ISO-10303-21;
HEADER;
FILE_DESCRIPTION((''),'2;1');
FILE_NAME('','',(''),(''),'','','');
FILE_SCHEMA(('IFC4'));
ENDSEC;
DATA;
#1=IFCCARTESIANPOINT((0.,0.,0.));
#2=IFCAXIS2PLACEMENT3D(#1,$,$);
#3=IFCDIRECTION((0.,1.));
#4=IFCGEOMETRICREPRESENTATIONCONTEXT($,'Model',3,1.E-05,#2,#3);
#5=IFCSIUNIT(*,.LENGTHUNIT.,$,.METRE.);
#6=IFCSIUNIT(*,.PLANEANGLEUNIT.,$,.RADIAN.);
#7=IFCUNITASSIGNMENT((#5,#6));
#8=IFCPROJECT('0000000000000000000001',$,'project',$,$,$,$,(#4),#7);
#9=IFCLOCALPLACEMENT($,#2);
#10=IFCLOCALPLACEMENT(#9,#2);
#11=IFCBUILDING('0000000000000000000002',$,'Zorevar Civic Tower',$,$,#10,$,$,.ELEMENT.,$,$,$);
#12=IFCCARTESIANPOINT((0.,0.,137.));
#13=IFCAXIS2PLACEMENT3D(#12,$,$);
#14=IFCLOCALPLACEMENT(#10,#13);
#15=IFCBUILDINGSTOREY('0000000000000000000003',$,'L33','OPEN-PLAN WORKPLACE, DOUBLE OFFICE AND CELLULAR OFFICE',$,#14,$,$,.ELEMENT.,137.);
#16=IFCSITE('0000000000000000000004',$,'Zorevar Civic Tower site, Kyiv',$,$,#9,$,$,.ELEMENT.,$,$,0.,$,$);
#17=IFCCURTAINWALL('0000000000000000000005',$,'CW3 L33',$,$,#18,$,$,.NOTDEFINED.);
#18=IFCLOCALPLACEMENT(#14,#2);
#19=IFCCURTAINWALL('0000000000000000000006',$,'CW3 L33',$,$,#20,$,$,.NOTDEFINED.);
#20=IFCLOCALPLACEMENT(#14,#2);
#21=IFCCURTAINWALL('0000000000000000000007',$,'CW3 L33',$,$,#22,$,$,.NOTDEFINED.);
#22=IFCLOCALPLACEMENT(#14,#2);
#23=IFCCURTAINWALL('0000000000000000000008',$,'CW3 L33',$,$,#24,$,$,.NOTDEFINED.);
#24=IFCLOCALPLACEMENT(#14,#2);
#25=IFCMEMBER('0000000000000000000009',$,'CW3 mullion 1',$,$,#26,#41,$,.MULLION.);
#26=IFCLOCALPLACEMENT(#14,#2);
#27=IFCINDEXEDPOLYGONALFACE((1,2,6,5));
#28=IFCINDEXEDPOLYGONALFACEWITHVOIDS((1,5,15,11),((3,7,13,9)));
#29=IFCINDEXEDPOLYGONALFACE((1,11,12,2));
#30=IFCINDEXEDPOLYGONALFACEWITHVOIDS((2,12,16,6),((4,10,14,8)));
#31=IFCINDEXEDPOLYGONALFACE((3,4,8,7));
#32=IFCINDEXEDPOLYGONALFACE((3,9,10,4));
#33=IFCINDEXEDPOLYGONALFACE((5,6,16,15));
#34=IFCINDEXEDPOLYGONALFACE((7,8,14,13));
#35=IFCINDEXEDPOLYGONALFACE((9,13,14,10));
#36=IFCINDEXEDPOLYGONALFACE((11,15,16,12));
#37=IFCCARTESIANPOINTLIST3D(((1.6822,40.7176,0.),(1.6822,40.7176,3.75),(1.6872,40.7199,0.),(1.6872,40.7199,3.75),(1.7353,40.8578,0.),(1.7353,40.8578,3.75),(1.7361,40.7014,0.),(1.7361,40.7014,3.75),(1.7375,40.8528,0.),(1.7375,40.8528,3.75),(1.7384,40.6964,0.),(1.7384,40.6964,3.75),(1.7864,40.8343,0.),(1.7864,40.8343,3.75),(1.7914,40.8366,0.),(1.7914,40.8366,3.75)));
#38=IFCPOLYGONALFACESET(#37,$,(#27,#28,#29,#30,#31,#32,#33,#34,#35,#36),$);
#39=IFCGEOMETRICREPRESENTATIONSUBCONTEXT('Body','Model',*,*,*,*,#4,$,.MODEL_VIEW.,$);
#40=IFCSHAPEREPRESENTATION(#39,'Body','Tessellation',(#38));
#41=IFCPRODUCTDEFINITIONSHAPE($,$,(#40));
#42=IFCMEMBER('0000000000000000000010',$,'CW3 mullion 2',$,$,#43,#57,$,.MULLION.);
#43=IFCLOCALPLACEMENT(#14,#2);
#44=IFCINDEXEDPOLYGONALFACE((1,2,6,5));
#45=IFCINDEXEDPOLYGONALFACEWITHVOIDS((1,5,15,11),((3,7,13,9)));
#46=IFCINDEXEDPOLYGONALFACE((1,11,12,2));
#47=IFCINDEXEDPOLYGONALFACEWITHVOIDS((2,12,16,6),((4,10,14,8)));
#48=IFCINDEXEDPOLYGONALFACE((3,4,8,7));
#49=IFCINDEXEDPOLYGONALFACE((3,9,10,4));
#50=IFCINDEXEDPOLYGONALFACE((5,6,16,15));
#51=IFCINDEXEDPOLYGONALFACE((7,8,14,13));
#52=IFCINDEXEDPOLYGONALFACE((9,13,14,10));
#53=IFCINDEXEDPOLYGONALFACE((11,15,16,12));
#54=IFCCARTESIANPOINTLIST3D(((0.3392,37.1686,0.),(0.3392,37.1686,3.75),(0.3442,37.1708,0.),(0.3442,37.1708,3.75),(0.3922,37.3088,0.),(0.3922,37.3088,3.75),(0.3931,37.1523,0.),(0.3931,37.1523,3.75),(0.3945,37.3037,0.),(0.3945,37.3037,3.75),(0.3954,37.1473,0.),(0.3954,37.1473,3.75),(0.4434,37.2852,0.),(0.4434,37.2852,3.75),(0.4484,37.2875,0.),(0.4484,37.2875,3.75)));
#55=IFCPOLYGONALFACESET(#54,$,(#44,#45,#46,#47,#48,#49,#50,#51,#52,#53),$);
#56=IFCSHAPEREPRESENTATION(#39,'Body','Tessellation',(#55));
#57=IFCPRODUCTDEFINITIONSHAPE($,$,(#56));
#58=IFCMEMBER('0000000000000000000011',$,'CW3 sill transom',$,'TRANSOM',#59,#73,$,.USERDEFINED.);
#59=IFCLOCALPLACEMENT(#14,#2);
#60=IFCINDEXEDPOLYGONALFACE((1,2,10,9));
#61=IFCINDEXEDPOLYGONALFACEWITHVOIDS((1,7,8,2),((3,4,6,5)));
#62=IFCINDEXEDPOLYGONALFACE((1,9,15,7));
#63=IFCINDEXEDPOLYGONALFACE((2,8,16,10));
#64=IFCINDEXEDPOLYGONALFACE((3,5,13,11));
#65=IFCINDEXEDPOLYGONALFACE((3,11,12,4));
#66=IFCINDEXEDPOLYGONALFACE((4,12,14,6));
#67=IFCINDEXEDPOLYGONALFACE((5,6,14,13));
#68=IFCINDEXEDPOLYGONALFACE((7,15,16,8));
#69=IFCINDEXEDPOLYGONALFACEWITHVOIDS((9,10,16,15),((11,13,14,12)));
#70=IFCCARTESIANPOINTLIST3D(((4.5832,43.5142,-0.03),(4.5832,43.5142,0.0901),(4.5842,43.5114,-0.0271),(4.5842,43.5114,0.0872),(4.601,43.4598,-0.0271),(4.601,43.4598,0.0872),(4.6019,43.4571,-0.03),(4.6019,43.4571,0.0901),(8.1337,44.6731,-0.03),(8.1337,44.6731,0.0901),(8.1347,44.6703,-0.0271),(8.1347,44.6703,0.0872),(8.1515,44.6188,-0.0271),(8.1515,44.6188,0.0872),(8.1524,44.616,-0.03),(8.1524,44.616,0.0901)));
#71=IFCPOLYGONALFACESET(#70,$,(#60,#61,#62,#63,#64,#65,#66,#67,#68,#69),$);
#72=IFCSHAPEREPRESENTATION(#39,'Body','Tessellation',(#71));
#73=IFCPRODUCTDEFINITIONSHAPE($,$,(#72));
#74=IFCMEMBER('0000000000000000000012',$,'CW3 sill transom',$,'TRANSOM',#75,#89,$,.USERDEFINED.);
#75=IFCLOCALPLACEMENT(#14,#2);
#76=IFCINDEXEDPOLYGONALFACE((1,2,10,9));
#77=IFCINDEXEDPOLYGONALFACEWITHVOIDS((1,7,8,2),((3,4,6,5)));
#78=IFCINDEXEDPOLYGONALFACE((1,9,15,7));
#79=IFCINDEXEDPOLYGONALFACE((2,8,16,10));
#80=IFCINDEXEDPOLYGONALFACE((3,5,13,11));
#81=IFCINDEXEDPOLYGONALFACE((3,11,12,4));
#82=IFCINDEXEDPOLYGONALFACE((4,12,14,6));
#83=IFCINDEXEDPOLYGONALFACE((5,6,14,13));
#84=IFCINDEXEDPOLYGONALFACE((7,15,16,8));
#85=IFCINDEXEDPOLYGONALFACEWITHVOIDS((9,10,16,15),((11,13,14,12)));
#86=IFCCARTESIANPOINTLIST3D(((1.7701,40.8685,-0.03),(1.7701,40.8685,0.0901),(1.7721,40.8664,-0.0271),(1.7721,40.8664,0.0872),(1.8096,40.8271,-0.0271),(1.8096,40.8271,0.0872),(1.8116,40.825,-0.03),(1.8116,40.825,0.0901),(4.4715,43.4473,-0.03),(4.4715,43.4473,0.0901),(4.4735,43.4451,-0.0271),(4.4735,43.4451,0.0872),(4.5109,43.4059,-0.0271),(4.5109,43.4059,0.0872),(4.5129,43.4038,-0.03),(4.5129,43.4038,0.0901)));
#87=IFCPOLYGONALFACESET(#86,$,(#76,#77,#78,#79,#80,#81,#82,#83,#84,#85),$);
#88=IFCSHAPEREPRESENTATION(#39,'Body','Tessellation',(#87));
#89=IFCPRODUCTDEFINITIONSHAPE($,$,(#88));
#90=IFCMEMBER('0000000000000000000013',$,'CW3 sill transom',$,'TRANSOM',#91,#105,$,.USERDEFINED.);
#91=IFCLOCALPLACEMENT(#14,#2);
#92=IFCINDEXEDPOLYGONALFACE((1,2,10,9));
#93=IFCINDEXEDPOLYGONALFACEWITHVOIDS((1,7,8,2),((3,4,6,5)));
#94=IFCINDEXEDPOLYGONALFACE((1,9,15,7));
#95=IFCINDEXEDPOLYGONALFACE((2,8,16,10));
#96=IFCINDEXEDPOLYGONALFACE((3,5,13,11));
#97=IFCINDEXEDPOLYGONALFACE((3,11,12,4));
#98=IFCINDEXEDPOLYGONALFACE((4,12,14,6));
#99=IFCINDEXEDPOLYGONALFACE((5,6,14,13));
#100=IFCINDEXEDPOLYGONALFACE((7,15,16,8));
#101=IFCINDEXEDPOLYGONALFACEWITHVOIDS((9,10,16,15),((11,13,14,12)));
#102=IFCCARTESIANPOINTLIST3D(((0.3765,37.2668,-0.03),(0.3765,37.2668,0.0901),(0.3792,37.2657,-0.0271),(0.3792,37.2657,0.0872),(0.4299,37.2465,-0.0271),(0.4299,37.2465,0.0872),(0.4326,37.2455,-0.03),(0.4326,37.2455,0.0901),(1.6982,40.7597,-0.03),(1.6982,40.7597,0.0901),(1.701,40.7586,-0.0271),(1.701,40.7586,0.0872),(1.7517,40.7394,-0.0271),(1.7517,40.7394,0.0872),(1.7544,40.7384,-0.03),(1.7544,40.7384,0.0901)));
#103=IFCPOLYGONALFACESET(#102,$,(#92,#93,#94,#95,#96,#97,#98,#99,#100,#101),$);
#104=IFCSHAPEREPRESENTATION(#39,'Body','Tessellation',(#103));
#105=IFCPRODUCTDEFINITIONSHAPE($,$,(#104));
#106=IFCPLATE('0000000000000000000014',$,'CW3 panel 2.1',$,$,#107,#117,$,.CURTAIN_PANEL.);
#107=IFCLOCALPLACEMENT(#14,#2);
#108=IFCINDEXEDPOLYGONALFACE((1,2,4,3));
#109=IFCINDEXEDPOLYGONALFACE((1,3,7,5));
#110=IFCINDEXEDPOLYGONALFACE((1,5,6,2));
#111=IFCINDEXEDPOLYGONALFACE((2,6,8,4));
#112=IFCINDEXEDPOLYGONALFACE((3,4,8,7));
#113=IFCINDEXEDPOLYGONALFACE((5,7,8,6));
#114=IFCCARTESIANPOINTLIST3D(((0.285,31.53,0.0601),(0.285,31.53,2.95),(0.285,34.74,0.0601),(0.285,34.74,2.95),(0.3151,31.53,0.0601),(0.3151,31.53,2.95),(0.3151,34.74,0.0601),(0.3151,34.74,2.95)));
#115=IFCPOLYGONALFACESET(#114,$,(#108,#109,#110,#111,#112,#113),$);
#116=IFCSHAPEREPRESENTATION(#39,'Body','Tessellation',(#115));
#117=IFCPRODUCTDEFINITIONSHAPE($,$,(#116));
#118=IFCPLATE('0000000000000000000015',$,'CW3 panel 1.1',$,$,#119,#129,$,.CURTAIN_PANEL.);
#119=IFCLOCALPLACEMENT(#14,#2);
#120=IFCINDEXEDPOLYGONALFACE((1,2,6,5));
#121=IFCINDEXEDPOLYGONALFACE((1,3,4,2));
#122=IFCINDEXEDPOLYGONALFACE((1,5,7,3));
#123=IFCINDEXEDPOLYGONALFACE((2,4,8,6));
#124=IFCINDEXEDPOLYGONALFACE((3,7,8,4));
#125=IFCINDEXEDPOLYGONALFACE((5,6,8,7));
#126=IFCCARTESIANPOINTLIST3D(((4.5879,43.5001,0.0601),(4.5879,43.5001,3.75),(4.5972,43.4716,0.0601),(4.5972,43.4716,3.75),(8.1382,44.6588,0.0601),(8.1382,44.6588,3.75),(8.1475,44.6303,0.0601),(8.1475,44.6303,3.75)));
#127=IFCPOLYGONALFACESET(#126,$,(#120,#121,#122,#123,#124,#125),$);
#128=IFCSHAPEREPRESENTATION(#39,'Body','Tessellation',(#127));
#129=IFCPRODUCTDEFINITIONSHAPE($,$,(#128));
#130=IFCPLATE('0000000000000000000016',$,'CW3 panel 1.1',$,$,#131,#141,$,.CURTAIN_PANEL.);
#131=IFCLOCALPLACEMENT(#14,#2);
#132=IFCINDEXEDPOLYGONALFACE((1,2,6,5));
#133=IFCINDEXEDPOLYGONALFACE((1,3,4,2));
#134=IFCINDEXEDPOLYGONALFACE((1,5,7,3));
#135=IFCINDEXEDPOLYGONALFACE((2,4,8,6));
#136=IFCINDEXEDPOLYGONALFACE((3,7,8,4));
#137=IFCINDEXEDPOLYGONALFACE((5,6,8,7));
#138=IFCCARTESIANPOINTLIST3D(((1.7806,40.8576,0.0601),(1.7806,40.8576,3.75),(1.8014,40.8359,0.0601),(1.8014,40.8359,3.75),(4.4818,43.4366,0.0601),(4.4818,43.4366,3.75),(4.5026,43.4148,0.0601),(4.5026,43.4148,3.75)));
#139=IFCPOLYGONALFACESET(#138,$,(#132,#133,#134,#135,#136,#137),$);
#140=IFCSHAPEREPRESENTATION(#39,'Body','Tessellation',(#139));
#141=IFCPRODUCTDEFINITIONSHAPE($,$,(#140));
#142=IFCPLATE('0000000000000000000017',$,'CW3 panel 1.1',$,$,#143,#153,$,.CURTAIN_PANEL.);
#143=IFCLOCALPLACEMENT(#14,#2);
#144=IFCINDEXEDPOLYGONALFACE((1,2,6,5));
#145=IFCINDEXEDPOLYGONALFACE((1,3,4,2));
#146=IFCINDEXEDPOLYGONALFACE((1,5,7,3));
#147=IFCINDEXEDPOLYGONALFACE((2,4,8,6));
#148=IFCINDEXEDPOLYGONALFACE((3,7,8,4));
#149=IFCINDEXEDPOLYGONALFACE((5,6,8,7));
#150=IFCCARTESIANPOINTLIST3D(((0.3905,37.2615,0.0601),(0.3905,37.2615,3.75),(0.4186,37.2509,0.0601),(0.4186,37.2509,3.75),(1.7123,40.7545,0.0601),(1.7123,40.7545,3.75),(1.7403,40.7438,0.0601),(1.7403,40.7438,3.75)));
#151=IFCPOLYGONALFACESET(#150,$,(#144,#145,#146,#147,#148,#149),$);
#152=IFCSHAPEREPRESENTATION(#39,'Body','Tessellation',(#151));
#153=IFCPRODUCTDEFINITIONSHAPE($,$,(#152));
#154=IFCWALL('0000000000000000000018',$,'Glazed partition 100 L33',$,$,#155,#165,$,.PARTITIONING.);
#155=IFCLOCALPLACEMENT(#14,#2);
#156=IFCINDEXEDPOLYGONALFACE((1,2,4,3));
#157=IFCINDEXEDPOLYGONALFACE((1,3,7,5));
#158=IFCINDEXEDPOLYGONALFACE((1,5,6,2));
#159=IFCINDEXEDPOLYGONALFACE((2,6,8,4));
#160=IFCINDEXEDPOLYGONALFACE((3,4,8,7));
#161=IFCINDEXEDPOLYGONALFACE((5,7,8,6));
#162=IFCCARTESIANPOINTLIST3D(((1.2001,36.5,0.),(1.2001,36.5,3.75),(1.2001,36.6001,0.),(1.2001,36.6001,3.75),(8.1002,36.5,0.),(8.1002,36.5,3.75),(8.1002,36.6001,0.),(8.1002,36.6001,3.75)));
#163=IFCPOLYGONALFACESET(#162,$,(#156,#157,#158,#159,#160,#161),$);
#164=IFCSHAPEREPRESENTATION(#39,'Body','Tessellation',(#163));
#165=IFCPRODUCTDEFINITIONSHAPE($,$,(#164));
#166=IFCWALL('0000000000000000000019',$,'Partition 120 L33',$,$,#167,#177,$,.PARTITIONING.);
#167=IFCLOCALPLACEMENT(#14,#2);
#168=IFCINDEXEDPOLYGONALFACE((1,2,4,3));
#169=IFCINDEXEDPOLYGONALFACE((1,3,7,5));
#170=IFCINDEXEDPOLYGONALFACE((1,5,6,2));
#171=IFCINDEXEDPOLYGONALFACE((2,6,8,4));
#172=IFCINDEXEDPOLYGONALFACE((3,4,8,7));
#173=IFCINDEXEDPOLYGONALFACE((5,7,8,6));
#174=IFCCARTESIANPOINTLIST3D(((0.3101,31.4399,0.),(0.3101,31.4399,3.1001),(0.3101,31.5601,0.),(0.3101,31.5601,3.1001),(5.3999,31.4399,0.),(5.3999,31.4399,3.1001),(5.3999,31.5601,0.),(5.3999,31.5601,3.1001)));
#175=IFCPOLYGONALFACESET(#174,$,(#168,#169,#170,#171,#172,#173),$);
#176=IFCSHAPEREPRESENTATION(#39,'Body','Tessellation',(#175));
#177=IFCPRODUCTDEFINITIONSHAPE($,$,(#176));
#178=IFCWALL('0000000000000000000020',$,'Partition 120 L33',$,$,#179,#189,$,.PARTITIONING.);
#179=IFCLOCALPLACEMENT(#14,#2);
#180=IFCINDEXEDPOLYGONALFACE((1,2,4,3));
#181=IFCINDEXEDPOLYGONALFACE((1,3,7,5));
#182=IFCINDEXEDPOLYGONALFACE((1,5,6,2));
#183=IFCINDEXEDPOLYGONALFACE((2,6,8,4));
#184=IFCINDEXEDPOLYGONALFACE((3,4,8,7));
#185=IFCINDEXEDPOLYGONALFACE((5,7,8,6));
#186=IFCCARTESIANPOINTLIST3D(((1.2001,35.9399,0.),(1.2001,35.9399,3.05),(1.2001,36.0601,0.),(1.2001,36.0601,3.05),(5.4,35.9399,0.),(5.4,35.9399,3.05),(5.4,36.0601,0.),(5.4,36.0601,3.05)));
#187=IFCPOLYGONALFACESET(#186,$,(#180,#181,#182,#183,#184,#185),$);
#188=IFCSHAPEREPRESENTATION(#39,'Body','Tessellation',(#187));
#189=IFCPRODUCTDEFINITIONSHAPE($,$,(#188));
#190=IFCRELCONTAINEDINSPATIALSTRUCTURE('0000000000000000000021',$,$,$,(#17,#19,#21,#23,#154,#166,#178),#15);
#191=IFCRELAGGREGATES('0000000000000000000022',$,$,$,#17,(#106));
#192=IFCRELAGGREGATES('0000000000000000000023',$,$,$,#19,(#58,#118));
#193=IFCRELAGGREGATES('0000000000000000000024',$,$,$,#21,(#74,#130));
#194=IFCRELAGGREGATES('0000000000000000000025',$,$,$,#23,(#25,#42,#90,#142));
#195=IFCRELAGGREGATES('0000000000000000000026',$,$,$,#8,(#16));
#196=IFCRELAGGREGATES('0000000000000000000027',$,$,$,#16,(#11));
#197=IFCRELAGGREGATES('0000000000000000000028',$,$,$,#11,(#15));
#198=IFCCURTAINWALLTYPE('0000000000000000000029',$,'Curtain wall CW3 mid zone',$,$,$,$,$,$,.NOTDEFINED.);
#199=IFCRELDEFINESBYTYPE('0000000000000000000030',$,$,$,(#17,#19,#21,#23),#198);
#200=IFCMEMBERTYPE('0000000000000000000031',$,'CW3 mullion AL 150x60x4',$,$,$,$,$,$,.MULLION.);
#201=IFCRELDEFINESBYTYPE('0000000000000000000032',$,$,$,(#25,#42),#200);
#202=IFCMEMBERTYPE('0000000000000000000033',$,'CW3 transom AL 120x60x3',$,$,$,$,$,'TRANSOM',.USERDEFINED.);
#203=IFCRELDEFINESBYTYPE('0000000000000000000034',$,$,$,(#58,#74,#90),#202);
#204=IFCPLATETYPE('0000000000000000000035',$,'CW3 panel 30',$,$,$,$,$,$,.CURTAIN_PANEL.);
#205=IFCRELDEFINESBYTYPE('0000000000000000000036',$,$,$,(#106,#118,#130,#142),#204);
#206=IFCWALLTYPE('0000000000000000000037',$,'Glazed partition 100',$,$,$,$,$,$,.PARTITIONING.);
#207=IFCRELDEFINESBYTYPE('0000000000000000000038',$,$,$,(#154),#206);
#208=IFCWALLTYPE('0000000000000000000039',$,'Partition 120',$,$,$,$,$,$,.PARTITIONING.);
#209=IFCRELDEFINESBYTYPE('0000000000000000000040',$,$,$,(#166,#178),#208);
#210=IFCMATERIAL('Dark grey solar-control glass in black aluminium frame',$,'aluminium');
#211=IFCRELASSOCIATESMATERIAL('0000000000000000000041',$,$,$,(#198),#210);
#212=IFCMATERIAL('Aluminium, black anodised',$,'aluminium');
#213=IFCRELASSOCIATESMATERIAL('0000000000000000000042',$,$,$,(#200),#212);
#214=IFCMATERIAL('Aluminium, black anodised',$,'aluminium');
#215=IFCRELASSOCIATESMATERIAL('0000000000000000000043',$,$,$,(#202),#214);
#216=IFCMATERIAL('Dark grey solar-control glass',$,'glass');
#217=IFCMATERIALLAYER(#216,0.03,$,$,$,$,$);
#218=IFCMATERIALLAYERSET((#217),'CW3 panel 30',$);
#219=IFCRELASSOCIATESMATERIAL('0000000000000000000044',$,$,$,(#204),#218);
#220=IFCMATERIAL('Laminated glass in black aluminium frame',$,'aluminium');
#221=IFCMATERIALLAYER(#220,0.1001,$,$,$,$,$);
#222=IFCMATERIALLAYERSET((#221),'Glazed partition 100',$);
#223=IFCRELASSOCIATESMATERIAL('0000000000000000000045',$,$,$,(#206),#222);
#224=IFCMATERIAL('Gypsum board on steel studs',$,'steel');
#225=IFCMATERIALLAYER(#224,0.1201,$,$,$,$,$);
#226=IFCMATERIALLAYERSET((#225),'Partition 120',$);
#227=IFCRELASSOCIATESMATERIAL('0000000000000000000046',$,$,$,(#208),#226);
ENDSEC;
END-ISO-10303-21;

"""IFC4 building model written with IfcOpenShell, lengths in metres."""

from ifc_helpers import new_model, si_unit, direction, frame, frame_2d, origin, origin_2d, place, context, subcontext, project, spatial, rectangle, hollow_rectangle, extrude, material, layer, layer_set, material_profile, profile_set, type_object, element, aggregate, save


model = new_model("IFC4")

# Units and contexts
model_context = context("Model", 3, precision=1e-05, world=origin(), true_north=direction((0.0, 1.0)))
body_context = subcontext(model_context, "Body", "Model", "MODEL_VIEW")
ifc_project = project(units=[si_unit("LENGTHUNIT", "METRE"), si_unit("PLANEANGLEUNIT", "RADIAN")], contexts=[model_context])

# Site, building, storey
site_placement = place(None, origin())
site = spatial("IfcSite", under=ifc_project, at=site_placement, Name="Zorevar Civic Tower site, Kyiv", CompositionType="ELEMENT", RefElevation=0.0)
building_placement = place(site_placement, origin())
building = spatial("IfcBuilding", under=site, at=building_placement, Name="Zorevar Civic Tower", CompositionType="ELEMENT")
storey_placement = place(building_placement, frame((0.0, 0.0, 137.0)))
storey = spatial("IfcBuildingStorey", under=building, at=storey_placement, Name="L33", Description="OPEN-PLAN WORKPLACE, DOUBLE OFFICE AND CELLULAR OFFICE", CompositionType="ELEMENT", Elevation=137.0)

# Curtain wall
ifc_material_1 = material(Name="Dark grey solar-control glass in black aluminium frame", Category="aluminium")
curtain_wall_type = type_object("IfcCurtainWallType", Name="Curtain wall CW3 mid zone", PredefinedType="NOTDEFINED", material=ifc_material_1)
curtain_wall_1_placement = place(storey_placement, origin())
curtain_wall_1 = element("IfcCurtainWall", 1, at=curtain_wall_1_placement, inside=storey, type_object=curtain_wall_type, Name="CW3 L33", PredefinedType="NOTDEFINED")
ifc_material_2 = material(Name="Aluminium, black anodised", Category="aluminium")
ifc_material_profile_1 = material_profile(ifc_material_2, hollow_rectangle(XDim=0.0601, YDim=0.1499, WallThickness=0.0039, at=origin_2d()), Name="AL 150x60x4")
ifc_profile_set_1 = profile_set([ifc_material_profile_1], Name="Aluminium, black anodised")
member_type_1 = type_object("IfcMemberType", Name="CW3 mullion AL 150x60x4", PredefinedType="MULLION", material=ifc_profile_set_1)

# Curtain walls, members
curtain_wall_2_placement = place(storey_placement, origin())
curtain_wall_2 = element("IfcCurtainWall", 2, at=curtain_wall_2_placement, inside=storey, type_object=curtain_wall_type, Name="CW3 L33", PredefinedType="NOTDEFINED")
curtain_wall_3_placement = place(storey_placement, origin())
curtain_wall_3 = element("IfcCurtainWall", 3, at=curtain_wall_3_placement, inside=storey, type_object=curtain_wall_type, Name="CW3 L33", PredefinedType="NOTDEFINED")
curtain_wall_4_placement = place(storey_placement, origin())
curtain_wall_4 = element("IfcCurtainWall", 4, at=curtain_wall_4_placement, inside=storey, type_object=curtain_wall_type, Name="CW3 L33", PredefinedType="NOTDEFINED")
member_1_placement = place(storey_placement, frame((1.7368, 40.7771, 0.0), z_axis=(0.0, 0.0, 1.0), x_axis=(0.935277, -0.353918, 0.0)))
member_1 = element("IfcMember", 5, at=member_1_placement, type_object=member_type_1, Name="CW3 mullion 1", PredefinedType="MULLION", context=body_context, shape_type="SweptSolid", body=[
    extrude(hollow_rectangle(XDim=0.0601, YDim=0.1499, WallThickness=0.0039, at=origin_2d()), origin(), (0.0, 0.0, 1.0), 3.75),
])
member_2_placement = place(storey_placement, frame((0.3938, 37.228, 0.0), z_axis=(0.0, 0.0, 1.0), x_axis=(0.935277, -0.353918, 0.0)))
member_2 = element("IfcMember", 6, at=member_2_placement, type_object=member_type_1, Name="CW3 mullion 2", PredefinedType="MULLION", context=body_context, shape_type="SweptSolid", body=[
    extrude(hollow_rectangle(XDim=0.0601, YDim=0.1499, WallThickness=0.0039, at=origin_2d()), origin(), (0.0, 0.0, 1.0), 3.75),
])

# Members
ifc_material_3 = material(Name="Aluminium, black anodised", Category="aluminium")
ifc_material_profile_2 = material_profile(ifc_material_3, hollow_rectangle(XDim=0.0601, YDim=0.1201, WallThickness=0.0029, at=origin_2d()), Name="AL 120x60x3")
ifc_profile_set_2 = profile_set([ifc_material_profile_2], Name="Aluminium, black anodised")
member_type_2 = type_object("IfcMemberType", Name="CW3 transom AL 120x60x3", ElementType="TRANSOM", PredefinedType="USERDEFINED", material=ifc_profile_set_2)
member_3_placement = place(storey_placement, frame((8.1431, 44.6445, 0.03), z_axis=(-0.950639, -0.310299, 0.0), x_axis=(0.310299, -0.950639, 0.0)))
member_3 = element("IfcMember", 7, at=member_3_placement, type_object=member_type_2, Name="CW3 sill transom", ObjectType="TRANSOM", PredefinedType="USERDEFINED", context=body_context, shape_type="SweptSolid", body=[
    extrude(hollow_rectangle(XDim=0.0601, YDim=0.1201, WallThickness=0.0029, at=origin_2d()), origin(), (0.0, 0.0, 1.0), 3.7349),
])
member_4_placement = place(storey_placement, frame((4.4922, 43.4255, 0.03), z_axis=(-0.723324, -0.690508, 0.0), x_axis=(0.690508, -0.723324, 0.0)))
member_4 = element("IfcMember", 8, at=member_4_placement, type_object=member_type_2, Name="CW3 sill transom", ObjectType="TRANSOM", PredefinedType="USERDEFINED", context=body_context, shape_type="SweptSolid", body=[
    extrude(hollow_rectangle(XDim=0.0601, YDim=0.1201, WallThickness=0.0029, at=origin_2d()), origin(), (0.0, 0.0, 1.0), 3.7346),
])
member_5_placement = place(storey_placement, frame((1.7263, 40.749, 0.03), z_axis=(-0.353923, -0.935275, 0.0), x_axis=(0.935275, -0.353923, 0.0)))
member_5 = element("IfcMember", 9, at=member_5_placement, type_object=member_type_2, Name="CW3 sill transom", ObjectType="TRANSOM", PredefinedType="USERDEFINED", context=body_context, shape_type="SweptSolid", body=[
    extrude(hollow_rectangle(XDim=0.0601, YDim=0.1201, WallThickness=0.0029, at=origin_2d()), origin(), (0.0, 0.0, 1.0), 3.7346),
])

# Plates
ifc_material_4 = material(Name="Dark grey solar-control glass", Category="glass")
ifc_layer_1 = layer(ifc_material_4, 0.03)
ifc_layer_set_1 = layer_set([ifc_layer_1], Name="CW3 panel 30")
plate_type = type_object("IfcPlateType", Name="CW3 panel 30", PredefinedType="CURTAIN_PANEL", material=ifc_layer_set_1)
plate_1_placement = place(storey_placement, frame((0.3, 33.135, 0.0601), z_axis=(0.0, 0.0, 1.0), x_axis=(0.0, 1.0, 0.0)))
plate_1 = element("IfcPlate", 10, at=plate_1_placement, type_object=plate_type, Name="CW3 panel 2.1", PredefinedType="CURTAIN_PANEL", context=body_context, shape_type="SweptSolid", body=[
    extrude(rectangle(XDim=3.21, YDim=0.03, at=origin_2d()), origin(), (0.0, 0.0, 1.0), 2.8899),
])
aggregate(curtain_wall_1, [plate_1])
plate_2_placement = place(storey_placement, frame((6.3677, 44.0652, 0.0601), z_axis=(0.0, 0.0, 1.0), x_axis=(-0.950651, -0.310263, 0.0)))
plate_2 = element("IfcPlate", 11, at=plate_2_placement, type_object=plate_type, Name="CW3 panel 1.1", PredefinedType="CURTAIN_PANEL", context=body_context, shape_type="SweptSolid", body=[
    extrude(rectangle(XDim=3.7346, YDim=0.03, at=origin_2d()), origin(), (0.0, 0.0, 1.0), 3.6899),
])
aggregate(curtain_wall_2, [member_3, plate_2])
plate_3_placement = place(storey_placement, frame((3.1416, 42.1362, 0.0601), z_axis=(0.0, 0.0, 1.0), x_axis=(-0.723289, -0.690545, 0.0)))
plate_3 = element("IfcPlate", 12, at=plate_3_placement, type_object=plate_type, Name="CW3 panel 1.1", PredefinedType="CURTAIN_PANEL", context=body_context, shape_type="SweptSolid", body=[
    extrude(rectangle(XDim=3.7346, YDim=0.03, at=origin_2d()), origin(), (0.0, 0.0, 1.0), 3.6899),
])
aggregate(curtain_wall_3, [member_4, plate_3])
plate_4_placement = place(storey_placement, frame((1.0654, 39.0027, 0.0601), z_axis=(0.0, 0.0, 1.0), x_axis=(-0.353918, -0.935277, 0.0)))
plate_4 = element("IfcPlate", 13, at=plate_4_placement, type_object=plate_type, Name="CW3 panel 1.1", PredefinedType="CURTAIN_PANEL", context=body_context, shape_type="SweptSolid", body=[
    extrude(rectangle(XDim=3.7346, YDim=0.03, at=origin_2d()), origin(), (0.0, 0.0, 1.0), 3.6899),
])
aggregate(curtain_wall_4, [member_1, member_2, member_5, plate_4])

# Walls
ifc_material_5 = material(Name="Laminated glass in black aluminium frame", Category="aluminium")
ifc_layer_2 = layer(ifc_material_5, 0.1001)
ifc_layer_set_2 = layer_set([ifc_layer_2], Name="Glazed partition 100")
wall_type_1 = type_object("IfcWallType", Name="Glazed partition 100", PredefinedType="PARTITIONING", material=ifc_layer_set_2)
wall_1_placement = place(storey_placement, frame((1.2, 36.55, 0.0), z_axis=(0.0, 0.0, 1.0), x_axis=(1.0, 0.0, 0.0)))
element("IfcWall", 14, at=wall_1_placement, inside=storey, type_object=wall_type_1, Name="Glazed partition 100 L33", PredefinedType="PARTITIONING", context=body_context, shape_type="SweptSolid", body=[
    extrude(rectangle(XDim=6.9001, YDim=0.1001, at=frame_2d((3.4502, 0.0))), origin(), (0.0, 0.0, 1.0), 3.75),
])
ifc_material_6 = material(Name="Gypsum board on steel studs", Category="steel")
ifc_layer_3 = layer(ifc_material_6, 0.1201)
ifc_layer_set_3 = layer_set([ifc_layer_3], Name="Partition 120")
wall_type_2 = type_object("IfcWallType", Name="Partition 120", PredefinedType="PARTITIONING", material=ifc_layer_set_3)
wall_2_placement = place(storey_placement, frame((0.3101, 31.5, 0.0), z_axis=(0.0, 0.0, 1.0), x_axis=(1.0, 0.0, 0.0)))
element("IfcWall", 15, at=wall_2_placement, inside=storey, type_object=wall_type_2, Name="Partition 120 L33", PredefinedType="PARTITIONING", context=body_context, shape_type="SweptSolid", body=[
    extrude(rectangle(XDim=5.0898, YDim=0.1201, at=frame_2d((2.5449, 0.0))), origin(), (0.0, 0.0, 1.0), 3.1001),
])
wall_3_placement = place(storey_placement, frame((1.2, 36.0, 0.0), z_axis=(0.0, 0.0, 1.0), x_axis=(1.0, 0.0, 0.0)))
element("IfcWall", 16, at=wall_3_placement, inside=storey, type_object=wall_type_2, Name="Partition 120 L33", PredefinedType="PARTITIONING", context=body_context, shape_type="SweptSolid", body=[
    extrude(rectangle(XDim=4.2, YDim=0.1201, at=frame_2d((2.1001, 0.0))), origin(), (0.0, 0.0, 1.0), 3.05),
])

save(model, "model.ifc")
